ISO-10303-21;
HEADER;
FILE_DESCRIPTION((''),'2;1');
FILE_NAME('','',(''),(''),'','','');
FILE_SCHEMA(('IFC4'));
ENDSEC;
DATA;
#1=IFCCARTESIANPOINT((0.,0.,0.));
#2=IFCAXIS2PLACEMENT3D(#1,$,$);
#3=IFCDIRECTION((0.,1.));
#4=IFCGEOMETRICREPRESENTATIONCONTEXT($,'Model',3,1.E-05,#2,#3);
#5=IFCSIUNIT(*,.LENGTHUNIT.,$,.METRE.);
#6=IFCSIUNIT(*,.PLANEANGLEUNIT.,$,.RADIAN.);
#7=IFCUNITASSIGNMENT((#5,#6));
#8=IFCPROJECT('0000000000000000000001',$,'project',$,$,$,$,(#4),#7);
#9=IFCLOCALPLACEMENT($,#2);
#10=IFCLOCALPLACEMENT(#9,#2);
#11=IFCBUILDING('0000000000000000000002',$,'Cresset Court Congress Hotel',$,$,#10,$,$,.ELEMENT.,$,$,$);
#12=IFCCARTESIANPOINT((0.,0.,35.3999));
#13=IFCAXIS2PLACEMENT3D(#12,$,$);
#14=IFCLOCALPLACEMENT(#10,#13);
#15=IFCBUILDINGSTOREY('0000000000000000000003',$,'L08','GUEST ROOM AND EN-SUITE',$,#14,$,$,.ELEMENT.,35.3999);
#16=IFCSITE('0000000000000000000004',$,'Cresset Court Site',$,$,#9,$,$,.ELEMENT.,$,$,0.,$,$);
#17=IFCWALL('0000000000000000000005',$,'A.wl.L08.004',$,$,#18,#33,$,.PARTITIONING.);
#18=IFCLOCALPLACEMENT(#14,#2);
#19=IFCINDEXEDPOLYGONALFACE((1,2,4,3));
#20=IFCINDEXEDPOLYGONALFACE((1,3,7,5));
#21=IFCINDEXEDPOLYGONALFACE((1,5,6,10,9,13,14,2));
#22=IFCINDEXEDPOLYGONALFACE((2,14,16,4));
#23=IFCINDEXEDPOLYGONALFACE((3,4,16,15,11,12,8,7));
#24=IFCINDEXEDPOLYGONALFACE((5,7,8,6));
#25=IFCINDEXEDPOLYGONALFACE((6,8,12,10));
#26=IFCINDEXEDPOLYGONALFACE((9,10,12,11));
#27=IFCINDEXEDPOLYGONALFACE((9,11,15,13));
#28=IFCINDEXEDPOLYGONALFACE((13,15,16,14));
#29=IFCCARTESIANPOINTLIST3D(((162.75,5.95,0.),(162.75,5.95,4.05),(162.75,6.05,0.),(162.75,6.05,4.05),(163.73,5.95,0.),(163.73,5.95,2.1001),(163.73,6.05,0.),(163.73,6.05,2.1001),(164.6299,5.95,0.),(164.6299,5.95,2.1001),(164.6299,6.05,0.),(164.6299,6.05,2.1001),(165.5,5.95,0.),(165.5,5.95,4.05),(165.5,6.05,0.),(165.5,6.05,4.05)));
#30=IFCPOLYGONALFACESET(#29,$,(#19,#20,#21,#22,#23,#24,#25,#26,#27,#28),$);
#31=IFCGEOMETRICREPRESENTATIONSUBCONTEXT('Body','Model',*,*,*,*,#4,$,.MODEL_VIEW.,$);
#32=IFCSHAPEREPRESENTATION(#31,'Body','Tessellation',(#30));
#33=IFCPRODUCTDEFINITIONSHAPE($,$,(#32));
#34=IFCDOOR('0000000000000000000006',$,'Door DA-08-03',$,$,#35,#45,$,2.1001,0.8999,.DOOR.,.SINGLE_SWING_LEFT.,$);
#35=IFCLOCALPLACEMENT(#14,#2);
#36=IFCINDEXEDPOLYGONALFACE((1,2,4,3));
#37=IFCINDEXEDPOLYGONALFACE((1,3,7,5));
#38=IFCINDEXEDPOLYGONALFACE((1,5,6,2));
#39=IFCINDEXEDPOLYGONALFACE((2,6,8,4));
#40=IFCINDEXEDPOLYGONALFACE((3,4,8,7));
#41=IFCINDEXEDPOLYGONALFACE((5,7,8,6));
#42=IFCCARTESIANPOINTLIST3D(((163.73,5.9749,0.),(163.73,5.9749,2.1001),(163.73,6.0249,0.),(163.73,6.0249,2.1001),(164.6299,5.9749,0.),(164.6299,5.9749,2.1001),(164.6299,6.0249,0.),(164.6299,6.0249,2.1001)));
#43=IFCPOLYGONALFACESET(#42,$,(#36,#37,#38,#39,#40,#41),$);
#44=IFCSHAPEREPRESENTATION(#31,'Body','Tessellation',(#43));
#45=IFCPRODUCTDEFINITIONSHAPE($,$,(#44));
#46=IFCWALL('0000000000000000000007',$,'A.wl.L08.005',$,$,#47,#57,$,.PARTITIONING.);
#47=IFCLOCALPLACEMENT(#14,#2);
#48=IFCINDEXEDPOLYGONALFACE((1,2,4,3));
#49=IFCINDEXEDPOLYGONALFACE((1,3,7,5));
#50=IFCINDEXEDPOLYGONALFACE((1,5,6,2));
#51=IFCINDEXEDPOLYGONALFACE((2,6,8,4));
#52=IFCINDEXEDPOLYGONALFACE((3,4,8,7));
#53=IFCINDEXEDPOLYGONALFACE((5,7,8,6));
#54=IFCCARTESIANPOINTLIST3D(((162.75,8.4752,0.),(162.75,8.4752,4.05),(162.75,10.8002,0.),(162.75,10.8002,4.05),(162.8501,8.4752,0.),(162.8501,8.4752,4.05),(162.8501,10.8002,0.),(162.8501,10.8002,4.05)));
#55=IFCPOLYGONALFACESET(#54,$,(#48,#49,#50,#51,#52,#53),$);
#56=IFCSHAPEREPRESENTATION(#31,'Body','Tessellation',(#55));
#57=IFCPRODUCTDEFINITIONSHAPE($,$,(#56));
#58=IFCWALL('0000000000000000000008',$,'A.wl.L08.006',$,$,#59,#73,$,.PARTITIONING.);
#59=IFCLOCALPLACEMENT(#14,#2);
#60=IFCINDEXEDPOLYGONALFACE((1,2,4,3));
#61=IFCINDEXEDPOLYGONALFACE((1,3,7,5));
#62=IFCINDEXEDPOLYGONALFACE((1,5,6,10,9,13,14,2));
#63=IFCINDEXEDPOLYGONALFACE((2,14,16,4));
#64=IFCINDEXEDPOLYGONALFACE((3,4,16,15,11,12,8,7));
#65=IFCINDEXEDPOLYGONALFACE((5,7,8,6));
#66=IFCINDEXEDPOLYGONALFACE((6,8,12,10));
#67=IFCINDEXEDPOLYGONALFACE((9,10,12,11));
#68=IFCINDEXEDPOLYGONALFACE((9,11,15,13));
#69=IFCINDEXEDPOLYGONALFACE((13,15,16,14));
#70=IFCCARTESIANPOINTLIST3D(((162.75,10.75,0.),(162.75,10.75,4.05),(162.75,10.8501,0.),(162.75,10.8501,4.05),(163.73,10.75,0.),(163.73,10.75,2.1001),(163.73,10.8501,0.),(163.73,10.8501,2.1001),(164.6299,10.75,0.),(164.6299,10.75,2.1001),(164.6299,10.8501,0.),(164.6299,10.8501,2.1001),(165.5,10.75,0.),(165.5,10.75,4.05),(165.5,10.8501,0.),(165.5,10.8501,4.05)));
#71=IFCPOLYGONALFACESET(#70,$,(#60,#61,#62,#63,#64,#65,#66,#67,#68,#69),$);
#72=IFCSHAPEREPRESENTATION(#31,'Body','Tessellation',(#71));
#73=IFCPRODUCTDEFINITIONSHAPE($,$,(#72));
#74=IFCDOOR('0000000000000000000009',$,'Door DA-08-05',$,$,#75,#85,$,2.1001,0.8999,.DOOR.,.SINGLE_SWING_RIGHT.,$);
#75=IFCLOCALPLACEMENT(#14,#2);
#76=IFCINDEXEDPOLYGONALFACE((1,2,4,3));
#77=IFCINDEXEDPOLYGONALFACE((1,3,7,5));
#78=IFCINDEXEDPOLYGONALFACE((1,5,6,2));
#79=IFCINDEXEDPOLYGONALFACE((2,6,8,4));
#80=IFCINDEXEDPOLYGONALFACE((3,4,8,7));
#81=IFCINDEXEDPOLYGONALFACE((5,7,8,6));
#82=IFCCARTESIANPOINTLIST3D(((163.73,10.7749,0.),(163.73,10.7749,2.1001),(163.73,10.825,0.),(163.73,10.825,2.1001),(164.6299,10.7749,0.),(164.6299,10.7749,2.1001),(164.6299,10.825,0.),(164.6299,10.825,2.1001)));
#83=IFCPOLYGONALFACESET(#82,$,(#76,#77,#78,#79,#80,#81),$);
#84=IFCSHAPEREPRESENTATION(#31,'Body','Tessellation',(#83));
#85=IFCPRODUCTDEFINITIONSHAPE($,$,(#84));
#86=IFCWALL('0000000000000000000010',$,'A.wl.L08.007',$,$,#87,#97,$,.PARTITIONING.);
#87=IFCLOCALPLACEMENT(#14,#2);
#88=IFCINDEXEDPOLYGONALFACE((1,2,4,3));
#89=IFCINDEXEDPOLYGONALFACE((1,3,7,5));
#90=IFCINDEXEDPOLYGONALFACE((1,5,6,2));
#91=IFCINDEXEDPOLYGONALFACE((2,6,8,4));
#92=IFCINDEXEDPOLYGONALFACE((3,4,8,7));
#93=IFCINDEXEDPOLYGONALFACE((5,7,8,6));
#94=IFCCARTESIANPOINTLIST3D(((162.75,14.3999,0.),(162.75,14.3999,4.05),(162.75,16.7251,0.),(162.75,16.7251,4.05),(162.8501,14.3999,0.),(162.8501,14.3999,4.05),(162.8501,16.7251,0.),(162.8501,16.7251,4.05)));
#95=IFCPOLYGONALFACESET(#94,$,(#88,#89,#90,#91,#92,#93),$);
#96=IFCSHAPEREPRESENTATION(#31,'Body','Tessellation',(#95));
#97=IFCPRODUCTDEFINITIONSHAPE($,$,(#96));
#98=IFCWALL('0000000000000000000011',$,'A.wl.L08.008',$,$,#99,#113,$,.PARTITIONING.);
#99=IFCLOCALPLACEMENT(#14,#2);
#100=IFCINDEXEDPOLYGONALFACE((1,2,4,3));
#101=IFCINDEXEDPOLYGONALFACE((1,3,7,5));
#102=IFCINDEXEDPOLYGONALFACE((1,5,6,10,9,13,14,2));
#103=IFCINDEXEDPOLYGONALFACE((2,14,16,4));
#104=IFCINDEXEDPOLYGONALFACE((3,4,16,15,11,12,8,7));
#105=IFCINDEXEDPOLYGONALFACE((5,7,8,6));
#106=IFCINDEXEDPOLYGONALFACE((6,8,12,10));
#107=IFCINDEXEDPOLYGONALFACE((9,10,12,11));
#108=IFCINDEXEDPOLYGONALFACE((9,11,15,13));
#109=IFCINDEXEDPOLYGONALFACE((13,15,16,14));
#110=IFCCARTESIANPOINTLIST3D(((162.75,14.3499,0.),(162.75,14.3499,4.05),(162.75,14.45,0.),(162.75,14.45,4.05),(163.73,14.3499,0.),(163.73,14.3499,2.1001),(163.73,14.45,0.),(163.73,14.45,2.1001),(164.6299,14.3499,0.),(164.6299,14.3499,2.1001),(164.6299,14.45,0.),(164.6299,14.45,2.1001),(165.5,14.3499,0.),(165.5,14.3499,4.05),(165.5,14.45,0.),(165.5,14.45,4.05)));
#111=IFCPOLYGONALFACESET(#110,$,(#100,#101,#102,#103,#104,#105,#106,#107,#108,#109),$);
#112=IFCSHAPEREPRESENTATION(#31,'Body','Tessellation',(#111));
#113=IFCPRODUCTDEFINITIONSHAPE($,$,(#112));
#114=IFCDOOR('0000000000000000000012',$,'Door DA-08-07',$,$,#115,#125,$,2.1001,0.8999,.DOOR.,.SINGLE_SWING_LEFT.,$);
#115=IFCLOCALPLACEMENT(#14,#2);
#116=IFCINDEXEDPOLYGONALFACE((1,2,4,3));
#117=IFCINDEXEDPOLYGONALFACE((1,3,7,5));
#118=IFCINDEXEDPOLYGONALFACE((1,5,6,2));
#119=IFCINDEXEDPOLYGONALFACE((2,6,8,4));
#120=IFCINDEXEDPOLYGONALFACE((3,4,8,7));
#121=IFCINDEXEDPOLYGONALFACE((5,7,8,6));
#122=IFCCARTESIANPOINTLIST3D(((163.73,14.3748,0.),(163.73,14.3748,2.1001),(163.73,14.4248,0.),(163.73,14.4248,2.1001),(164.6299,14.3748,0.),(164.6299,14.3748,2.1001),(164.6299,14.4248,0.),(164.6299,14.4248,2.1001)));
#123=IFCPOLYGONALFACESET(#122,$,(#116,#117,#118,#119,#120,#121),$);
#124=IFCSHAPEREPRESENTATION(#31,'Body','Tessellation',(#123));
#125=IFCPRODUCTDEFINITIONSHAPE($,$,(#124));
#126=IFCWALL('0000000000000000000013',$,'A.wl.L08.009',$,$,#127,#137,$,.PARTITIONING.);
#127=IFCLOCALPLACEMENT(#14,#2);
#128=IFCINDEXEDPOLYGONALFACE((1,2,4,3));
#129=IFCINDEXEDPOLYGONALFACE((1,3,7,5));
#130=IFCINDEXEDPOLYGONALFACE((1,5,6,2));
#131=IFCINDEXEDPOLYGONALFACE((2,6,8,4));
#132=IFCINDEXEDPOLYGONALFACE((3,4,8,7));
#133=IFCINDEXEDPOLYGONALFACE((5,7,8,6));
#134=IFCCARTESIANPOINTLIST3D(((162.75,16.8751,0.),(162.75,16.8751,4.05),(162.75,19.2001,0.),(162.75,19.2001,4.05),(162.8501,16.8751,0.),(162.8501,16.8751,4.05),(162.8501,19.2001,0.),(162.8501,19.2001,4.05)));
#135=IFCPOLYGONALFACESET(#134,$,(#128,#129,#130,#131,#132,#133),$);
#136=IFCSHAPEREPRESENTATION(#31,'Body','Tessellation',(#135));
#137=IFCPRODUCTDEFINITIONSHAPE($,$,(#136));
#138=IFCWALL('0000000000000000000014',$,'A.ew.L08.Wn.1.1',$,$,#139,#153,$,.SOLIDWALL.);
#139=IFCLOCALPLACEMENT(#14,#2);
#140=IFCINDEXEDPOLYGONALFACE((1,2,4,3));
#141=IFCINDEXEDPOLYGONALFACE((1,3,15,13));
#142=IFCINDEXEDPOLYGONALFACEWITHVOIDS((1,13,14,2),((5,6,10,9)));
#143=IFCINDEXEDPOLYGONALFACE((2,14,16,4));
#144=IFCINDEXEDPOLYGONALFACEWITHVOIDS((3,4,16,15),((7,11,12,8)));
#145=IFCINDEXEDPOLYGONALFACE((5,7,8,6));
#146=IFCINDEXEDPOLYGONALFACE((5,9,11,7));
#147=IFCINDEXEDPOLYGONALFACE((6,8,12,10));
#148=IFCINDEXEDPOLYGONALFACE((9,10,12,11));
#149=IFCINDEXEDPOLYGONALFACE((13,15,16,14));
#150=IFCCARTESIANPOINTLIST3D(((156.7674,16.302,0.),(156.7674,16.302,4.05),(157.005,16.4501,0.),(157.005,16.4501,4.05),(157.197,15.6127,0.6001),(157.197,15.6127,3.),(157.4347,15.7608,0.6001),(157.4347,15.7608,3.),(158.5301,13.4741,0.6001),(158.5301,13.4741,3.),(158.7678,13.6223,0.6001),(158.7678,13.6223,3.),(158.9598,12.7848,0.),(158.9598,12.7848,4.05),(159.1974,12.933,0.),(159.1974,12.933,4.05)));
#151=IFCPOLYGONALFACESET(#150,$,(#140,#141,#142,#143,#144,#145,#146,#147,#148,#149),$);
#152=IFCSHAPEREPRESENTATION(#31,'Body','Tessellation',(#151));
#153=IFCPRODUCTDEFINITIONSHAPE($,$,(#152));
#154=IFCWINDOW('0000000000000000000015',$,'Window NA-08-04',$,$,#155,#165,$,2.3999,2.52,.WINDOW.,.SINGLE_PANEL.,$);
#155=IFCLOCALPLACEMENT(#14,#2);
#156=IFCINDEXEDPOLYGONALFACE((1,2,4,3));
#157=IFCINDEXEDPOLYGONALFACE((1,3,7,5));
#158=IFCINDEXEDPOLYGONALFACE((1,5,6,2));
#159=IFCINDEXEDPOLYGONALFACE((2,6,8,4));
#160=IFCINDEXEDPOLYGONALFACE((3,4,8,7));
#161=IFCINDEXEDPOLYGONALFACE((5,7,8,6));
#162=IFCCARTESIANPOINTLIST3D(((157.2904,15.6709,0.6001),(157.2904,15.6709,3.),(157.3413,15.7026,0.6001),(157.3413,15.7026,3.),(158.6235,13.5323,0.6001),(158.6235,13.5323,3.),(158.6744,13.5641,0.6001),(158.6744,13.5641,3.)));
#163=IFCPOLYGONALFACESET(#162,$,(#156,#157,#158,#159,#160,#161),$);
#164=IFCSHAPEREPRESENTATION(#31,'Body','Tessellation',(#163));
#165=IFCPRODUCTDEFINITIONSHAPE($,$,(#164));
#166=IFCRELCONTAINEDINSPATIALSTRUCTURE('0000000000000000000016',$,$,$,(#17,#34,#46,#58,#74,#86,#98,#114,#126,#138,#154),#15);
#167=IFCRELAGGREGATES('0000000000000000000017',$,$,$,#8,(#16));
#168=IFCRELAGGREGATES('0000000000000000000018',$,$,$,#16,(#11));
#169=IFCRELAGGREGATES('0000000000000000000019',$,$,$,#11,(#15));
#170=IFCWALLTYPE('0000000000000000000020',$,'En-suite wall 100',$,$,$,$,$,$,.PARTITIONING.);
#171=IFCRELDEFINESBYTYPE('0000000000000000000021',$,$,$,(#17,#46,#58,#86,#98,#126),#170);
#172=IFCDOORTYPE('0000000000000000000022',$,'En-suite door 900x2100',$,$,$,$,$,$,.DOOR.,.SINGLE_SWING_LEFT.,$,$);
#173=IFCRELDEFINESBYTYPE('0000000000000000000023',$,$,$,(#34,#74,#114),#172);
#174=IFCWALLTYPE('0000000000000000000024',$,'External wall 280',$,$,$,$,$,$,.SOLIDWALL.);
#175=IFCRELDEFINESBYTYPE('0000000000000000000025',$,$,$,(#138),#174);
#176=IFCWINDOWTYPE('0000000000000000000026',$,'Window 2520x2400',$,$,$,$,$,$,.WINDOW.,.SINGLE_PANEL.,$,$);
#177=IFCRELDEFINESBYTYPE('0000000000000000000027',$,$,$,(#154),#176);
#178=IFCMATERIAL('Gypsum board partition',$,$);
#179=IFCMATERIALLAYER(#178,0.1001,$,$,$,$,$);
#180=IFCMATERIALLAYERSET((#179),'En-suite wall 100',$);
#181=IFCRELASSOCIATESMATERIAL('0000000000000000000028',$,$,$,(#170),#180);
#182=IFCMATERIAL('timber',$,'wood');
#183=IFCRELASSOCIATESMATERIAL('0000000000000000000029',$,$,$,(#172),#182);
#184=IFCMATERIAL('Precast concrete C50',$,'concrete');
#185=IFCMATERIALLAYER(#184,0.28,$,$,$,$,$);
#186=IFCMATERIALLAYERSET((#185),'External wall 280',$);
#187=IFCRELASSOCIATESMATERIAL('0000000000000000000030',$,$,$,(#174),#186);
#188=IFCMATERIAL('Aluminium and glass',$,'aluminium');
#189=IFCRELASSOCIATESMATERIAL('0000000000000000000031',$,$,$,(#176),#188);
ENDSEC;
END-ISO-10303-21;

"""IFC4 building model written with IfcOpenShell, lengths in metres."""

from ifc_helpers import new_model, si_unit, direction, frame, frame_2d, origin, place, context, subcontext, project, spatial, rectangle, extrude, material, layer, layer_set, type_object, element, fill, save


model = new_model("IFC4")

# Units and contexts
model_context = context("Model", 3, precision=1e-05, world=origin(), true_north=direction((0.0, 1.0)))
body_context = subcontext(model_context, "Body", "Model", "MODEL_VIEW")
ifc_project = project(units=[si_unit("LENGTHUNIT", "METRE"), si_unit("PLANEANGLEUNIT", "RADIAN")], contexts=[model_context])

# Site, building, storey
site_placement = place(None, origin())
site = spatial("IfcSite", under=ifc_project, at=site_placement, Name="Cresset Court Site", CompositionType="ELEMENT", RefElevation=0.0)
building_placement = place(site_placement, origin())
building = spatial("IfcBuilding", under=site, at=building_placement, Name="Cresset Court Congress Hotel", CompositionType="ELEMENT")
storey_placement = place(building_placement, frame((0.0, 0.0, 35.3999)))
storey = spatial("IfcBuildingStorey", under=building, at=storey_placement, Name="L08", Description="GUEST ROOM AND EN-SUITE", CompositionType="ELEMENT", Elevation=35.3999)

# Shared definitions
ifc_material_1 = material(Name="Gypsum board partition")
ifc_layer_1 = layer(ifc_material_1, 0.1001)
ifc_layer_set_1 = layer_set([ifc_layer_1], Name="En-suite wall 100")
wall_type_1 = type_object("IfcWallType", Name="En-suite wall 100", PredefinedType="PARTITIONING", material=ifc_layer_set_1)

# Shared definitions
ifc_material_2 = material(Name="timber", Category="wood")
door_type = type_object("IfcDoorType", Name="En-suite door 900x2100", OperationType="SINGLE_SWING_LEFT", PredefinedType="DOOR", material=ifc_material_2)

# Wall, opening, door
wall_1_placement = place(storey_placement, frame((162.75, 6.0, 0.0), z_axis=(0.0, 0.0, 1.0), x_axis=(1.0, 0.0, 0.0)))
wall_1 = element("IfcWall", 1, at=wall_1_placement, inside=storey, type_object=wall_type_1, Name="A.wl.L08.004", PredefinedType="PARTITIONING", context=body_context, shape_type="SweptSolid", body=[
    extrude(rectangle(XDim=2.75, YDim=0.1001, at=frame_2d((1.375, 0.0))), origin(), (0.0, 0.0, 1.0), 4.05),
])
opening_1_placement = place(wall_1_placement, frame((0.98, 0.0, 0.0)))
opening_1 = element("IfcOpeningElement", 2, at=opening_1_placement, cuts=wall_1, PredefinedType="OPENING", context=body_context, shape_type="SweptSolid", body=[
    extrude(rectangle(XDim=0.8999, YDim=2.1001, at=frame_2d((0.45, 1.05))), frame((0.0, 0.0601, 0.0), z_axis=(0.0, -1.0, 0.0), x_axis=(1.0, 0.0, 0.0)), (0.0, 0.0, 1.0), 0.1201),
])
door_1_placement = place(opening_1_placement, origin())
door_1 = element("IfcDoor", 3, at=door_1_placement, inside=storey, type_object=door_type, Name="Door DA-08-03", OperationType="SINGLE_SWING_LEFT", OverallHeight=2.1001, OverallWidth=0.8999, PredefinedType="DOOR", context=body_context, shape_type="SweptSolid", body=[
    extrude(rectangle(XDim=0.8999, YDim=2.1001, at=frame_2d((0.45, 1.05))), frame((0.0, 0.0249, 0.0), z_axis=(0.0, -1.0, 0.0), x_axis=(1.0, 0.0, 0.0)), (0.0, 0.0, 1.0), 0.05),
])
fill(opening_1, door_1)

# Wall
wall_2_placement = place(storey_placement, frame((162.8, 8.4751, 0.0), z_axis=(0.0, 0.0, 1.0), x_axis=(0.0, 1.0, 0.0)))
element("IfcWall", 4, at=wall_2_placement, inside=storey, type_object=wall_type_1, Name="A.wl.L08.005", PredefinedType="PARTITIONING", context=body_context, shape_type="SweptSolid", body=[
    extrude(rectangle(XDim=2.325, YDim=0.1001, at=frame_2d((1.1626, 0.0))), origin(), (0.0, 0.0, 1.0), 4.05),
])

# Wall, opening, door
wall_3_placement = place(storey_placement, frame((162.75, 10.8, 0.0), z_axis=(0.0, 0.0, 1.0), x_axis=(1.0, 0.0, 0.0)))
wall_3 = element("IfcWall", 5, at=wall_3_placement, inside=storey, type_object=wall_type_1, Name="A.wl.L08.006", PredefinedType="PARTITIONING", context=body_context, shape_type="SweptSolid", body=[
    extrude(rectangle(XDim=2.75, YDim=0.1001, at=frame_2d((1.375, 0.0))), origin(), (0.0, 0.0, 1.0), 4.05),
])
opening_2_placement = place(wall_3_placement, frame((0.98, 0.0, 0.0)))
opening_2 = element("IfcOpeningElement", 6, at=opening_2_placement, cuts=wall_3, PredefinedType="OPENING", context=body_context, shape_type="SweptSolid", body=[
    extrude(rectangle(XDim=0.8999, YDim=2.1001, at=frame_2d((0.45, 1.05))), frame((0.0, 0.0601, 0.0), z_axis=(0.0, -1.0, 0.0), x_axis=(1.0, 0.0, 0.0)), (0.0, 0.0, 1.0), 0.1201),
])
door_2_placement = place(opening_2_placement, origin())
door_2 = element("IfcDoor", 7, at=door_2_placement, inside=storey, type_object=door_type, Name="Door DA-08-05", OperationType="SINGLE_SWING_RIGHT", OverallHeight=2.1001, OverallWidth=0.8999, PredefinedType="DOOR", context=body_context, shape_type="SweptSolid", body=[
    extrude(rectangle(XDim=0.8999, YDim=2.1001, at=frame_2d((0.45, 1.05))), frame((0.0, 0.0249, 0.0), z_axis=(0.0, -1.0, 0.0), x_axis=(1.0, 0.0, 0.0)), (0.0, 0.0, 1.0), 0.05),
])
fill(opening_2, door_2)

# Wall
wall_4_placement = place(storey_placement, frame((162.8, 14.3999, 0.0), z_axis=(0.0, 0.0, 1.0), x_axis=(0.0, 1.0, 0.0)))
element("IfcWall", 8, at=wall_4_placement, inside=storey, type_object=wall_type_1, Name="A.wl.L08.007", PredefinedType="PARTITIONING", context=body_context, shape_type="SweptSolid", body=[
    extrude(rectangle(XDim=2.3252, YDim=0.1001, at=frame_2d((1.1626, 0.0))), origin(), (0.0, 0.0, 1.0), 4.05),
])

# Wall, opening, door
wall_5_placement = place(storey_placement, frame((162.75, 14.3999, 0.0), z_axis=(0.0, 0.0, 1.0), x_axis=(1.0, 0.0, 0.0)))
wall_5 = element("IfcWall", 9, at=wall_5_placement, inside=storey, type_object=wall_type_1, Name="A.wl.L08.008", PredefinedType="PARTITIONING", context=body_context, shape_type="SweptSolid", body=[
    extrude(rectangle(XDim=2.75, YDim=0.1001, at=frame_2d((1.375, 0.0))), origin(), (0.0, 0.0, 1.0), 4.05),
])
opening_3_placement = place(wall_5_placement, frame((0.98, 0.0, 0.0)))
opening_3 = element("IfcOpeningElement", 10, at=opening_3_placement, cuts=wall_5, PredefinedType="OPENING", context=body_context, shape_type="SweptSolid", body=[
    extrude(rectangle(XDim=0.8999, YDim=2.1001, at=frame_2d((0.45, 1.05))), frame((0.0, 0.0601, 0.0), z_axis=(0.0, -1.0, 0.0), x_axis=(1.0, 0.0, 0.0)), (0.0, 0.0, 1.0), 0.1201),
])
door_3_placement = place(opening_3_placement, origin())
door_3 = element("IfcDoor", 11, at=door_3_placement, inside=storey, type_object=door_type, Name="Door DA-08-07", OperationType="SINGLE_SWING_LEFT", OverallHeight=2.1001, OverallWidth=0.8999, PredefinedType="DOOR", context=body_context, shape_type="SweptSolid", body=[
    extrude(rectangle(XDim=0.8999, YDim=2.1001, at=frame_2d((0.45, 1.05))), frame((0.0, 0.0249, 0.0), z_axis=(0.0, -1.0, 0.0), x_axis=(1.0, 0.0, 0.0)), (0.0, 0.0, 1.0), 0.05),
])
fill(opening_3, door_3)

# Wall
wall_6_placement = place(storey_placement, frame((162.8, 16.875, 0.0), z_axis=(0.0, 0.0, 1.0), x_axis=(0.0, 1.0, 0.0)))
element("IfcWall", 12, at=wall_6_placement, inside=storey, type_object=wall_type_1, Name="A.wl.L08.009", PredefinedType="PARTITIONING", context=body_context, shape_type="SweptSolid", body=[
    extrude(rectangle(XDim=2.325, YDim=0.1001, at=frame_2d((1.1626, 0.0))), origin(), (0.0, 0.0, 1.0), 4.05),
])

# Wall, opening, window
ifc_material_3 = material(Name="Precast concrete C50", Category="concrete")
ifc_layer_2 = layer(ifc_material_3, 0.28)
ifc_layer_set_2 = layer_set([ifc_layer_2], Name="External wall 280")
wall_type_2 = type_object("IfcWallType", Name="External wall 280", PredefinedType="SOLIDWALL", material=ifc_layer_set_2)
wall_7_placement = place(storey_placement, frame((159.0786, 12.8589, 0.0), z_axis=(0.0, 0.0, 1.0), x_axis=(-0.528993, 0.848626, 0.0)))
wall_7 = element("IfcWall", 13, at=wall_7_placement, inside=storey, type_object=wall_type_2, Name="A.ew.L08.Wn.1.1", PredefinedType="SOLIDWALL", context=body_context, shape_type="SweptSolid", body=[
    extrude(rectangle(XDim=4.1445, YDim=0.28, at=frame_2d((2.0723, 0.0))), origin(), (0.0, 0.0, 1.0), 4.05),
])
opening_4_placement = place(wall_7_placement, frame((0.8123, 0.0, 0.6001)))
opening_4 = element("IfcOpeningElement", 14, at=opening_4_placement, cuts=wall_7, PredefinedType="OPENING", context=body_context, shape_type="SweptSolid", body=[
    extrude(rectangle(XDim=2.52, YDim=2.3999, at=frame_2d((1.26, 1.2))), frame((0.0, 0.1499, 0.0), z_axis=(0.0, -1.0, 0.0), x_axis=(1.0, 0.0, 0.0)), (0.0, 0.0, 1.0), 0.3),
])
ifc_material_4 = material(Name="Aluminium and glass", Category="aluminium")
window_type = type_object("IfcWindowType", Name="Window 2520x2400", PartitioningType="SINGLE_PANEL", PredefinedType="WINDOW", material=ifc_material_4)
window_placement = place(opening_4_placement, origin())
window = element("IfcWindow", 15, at=window_placement, inside=storey, type_object=window_type, Name="Window NA-08-04", OverallHeight=2.3999, OverallWidth=2.52, PartitioningType="SINGLE_PANEL", PredefinedType="WINDOW", context=body_context, shape_type="SweptSolid", body=[
    extrude(rectangle(XDim=2.52, YDim=2.3999, at=frame_2d((1.26, 1.2))), frame((0.0, 0.03, 0.0), z_axis=(0.0, -1.0, 0.0), x_axis=(1.0, 0.0, 0.0)), (0.0, 0.0, 1.0), 0.0601),
])
fill(opening_4, window)

save(model, "model.ifc")
